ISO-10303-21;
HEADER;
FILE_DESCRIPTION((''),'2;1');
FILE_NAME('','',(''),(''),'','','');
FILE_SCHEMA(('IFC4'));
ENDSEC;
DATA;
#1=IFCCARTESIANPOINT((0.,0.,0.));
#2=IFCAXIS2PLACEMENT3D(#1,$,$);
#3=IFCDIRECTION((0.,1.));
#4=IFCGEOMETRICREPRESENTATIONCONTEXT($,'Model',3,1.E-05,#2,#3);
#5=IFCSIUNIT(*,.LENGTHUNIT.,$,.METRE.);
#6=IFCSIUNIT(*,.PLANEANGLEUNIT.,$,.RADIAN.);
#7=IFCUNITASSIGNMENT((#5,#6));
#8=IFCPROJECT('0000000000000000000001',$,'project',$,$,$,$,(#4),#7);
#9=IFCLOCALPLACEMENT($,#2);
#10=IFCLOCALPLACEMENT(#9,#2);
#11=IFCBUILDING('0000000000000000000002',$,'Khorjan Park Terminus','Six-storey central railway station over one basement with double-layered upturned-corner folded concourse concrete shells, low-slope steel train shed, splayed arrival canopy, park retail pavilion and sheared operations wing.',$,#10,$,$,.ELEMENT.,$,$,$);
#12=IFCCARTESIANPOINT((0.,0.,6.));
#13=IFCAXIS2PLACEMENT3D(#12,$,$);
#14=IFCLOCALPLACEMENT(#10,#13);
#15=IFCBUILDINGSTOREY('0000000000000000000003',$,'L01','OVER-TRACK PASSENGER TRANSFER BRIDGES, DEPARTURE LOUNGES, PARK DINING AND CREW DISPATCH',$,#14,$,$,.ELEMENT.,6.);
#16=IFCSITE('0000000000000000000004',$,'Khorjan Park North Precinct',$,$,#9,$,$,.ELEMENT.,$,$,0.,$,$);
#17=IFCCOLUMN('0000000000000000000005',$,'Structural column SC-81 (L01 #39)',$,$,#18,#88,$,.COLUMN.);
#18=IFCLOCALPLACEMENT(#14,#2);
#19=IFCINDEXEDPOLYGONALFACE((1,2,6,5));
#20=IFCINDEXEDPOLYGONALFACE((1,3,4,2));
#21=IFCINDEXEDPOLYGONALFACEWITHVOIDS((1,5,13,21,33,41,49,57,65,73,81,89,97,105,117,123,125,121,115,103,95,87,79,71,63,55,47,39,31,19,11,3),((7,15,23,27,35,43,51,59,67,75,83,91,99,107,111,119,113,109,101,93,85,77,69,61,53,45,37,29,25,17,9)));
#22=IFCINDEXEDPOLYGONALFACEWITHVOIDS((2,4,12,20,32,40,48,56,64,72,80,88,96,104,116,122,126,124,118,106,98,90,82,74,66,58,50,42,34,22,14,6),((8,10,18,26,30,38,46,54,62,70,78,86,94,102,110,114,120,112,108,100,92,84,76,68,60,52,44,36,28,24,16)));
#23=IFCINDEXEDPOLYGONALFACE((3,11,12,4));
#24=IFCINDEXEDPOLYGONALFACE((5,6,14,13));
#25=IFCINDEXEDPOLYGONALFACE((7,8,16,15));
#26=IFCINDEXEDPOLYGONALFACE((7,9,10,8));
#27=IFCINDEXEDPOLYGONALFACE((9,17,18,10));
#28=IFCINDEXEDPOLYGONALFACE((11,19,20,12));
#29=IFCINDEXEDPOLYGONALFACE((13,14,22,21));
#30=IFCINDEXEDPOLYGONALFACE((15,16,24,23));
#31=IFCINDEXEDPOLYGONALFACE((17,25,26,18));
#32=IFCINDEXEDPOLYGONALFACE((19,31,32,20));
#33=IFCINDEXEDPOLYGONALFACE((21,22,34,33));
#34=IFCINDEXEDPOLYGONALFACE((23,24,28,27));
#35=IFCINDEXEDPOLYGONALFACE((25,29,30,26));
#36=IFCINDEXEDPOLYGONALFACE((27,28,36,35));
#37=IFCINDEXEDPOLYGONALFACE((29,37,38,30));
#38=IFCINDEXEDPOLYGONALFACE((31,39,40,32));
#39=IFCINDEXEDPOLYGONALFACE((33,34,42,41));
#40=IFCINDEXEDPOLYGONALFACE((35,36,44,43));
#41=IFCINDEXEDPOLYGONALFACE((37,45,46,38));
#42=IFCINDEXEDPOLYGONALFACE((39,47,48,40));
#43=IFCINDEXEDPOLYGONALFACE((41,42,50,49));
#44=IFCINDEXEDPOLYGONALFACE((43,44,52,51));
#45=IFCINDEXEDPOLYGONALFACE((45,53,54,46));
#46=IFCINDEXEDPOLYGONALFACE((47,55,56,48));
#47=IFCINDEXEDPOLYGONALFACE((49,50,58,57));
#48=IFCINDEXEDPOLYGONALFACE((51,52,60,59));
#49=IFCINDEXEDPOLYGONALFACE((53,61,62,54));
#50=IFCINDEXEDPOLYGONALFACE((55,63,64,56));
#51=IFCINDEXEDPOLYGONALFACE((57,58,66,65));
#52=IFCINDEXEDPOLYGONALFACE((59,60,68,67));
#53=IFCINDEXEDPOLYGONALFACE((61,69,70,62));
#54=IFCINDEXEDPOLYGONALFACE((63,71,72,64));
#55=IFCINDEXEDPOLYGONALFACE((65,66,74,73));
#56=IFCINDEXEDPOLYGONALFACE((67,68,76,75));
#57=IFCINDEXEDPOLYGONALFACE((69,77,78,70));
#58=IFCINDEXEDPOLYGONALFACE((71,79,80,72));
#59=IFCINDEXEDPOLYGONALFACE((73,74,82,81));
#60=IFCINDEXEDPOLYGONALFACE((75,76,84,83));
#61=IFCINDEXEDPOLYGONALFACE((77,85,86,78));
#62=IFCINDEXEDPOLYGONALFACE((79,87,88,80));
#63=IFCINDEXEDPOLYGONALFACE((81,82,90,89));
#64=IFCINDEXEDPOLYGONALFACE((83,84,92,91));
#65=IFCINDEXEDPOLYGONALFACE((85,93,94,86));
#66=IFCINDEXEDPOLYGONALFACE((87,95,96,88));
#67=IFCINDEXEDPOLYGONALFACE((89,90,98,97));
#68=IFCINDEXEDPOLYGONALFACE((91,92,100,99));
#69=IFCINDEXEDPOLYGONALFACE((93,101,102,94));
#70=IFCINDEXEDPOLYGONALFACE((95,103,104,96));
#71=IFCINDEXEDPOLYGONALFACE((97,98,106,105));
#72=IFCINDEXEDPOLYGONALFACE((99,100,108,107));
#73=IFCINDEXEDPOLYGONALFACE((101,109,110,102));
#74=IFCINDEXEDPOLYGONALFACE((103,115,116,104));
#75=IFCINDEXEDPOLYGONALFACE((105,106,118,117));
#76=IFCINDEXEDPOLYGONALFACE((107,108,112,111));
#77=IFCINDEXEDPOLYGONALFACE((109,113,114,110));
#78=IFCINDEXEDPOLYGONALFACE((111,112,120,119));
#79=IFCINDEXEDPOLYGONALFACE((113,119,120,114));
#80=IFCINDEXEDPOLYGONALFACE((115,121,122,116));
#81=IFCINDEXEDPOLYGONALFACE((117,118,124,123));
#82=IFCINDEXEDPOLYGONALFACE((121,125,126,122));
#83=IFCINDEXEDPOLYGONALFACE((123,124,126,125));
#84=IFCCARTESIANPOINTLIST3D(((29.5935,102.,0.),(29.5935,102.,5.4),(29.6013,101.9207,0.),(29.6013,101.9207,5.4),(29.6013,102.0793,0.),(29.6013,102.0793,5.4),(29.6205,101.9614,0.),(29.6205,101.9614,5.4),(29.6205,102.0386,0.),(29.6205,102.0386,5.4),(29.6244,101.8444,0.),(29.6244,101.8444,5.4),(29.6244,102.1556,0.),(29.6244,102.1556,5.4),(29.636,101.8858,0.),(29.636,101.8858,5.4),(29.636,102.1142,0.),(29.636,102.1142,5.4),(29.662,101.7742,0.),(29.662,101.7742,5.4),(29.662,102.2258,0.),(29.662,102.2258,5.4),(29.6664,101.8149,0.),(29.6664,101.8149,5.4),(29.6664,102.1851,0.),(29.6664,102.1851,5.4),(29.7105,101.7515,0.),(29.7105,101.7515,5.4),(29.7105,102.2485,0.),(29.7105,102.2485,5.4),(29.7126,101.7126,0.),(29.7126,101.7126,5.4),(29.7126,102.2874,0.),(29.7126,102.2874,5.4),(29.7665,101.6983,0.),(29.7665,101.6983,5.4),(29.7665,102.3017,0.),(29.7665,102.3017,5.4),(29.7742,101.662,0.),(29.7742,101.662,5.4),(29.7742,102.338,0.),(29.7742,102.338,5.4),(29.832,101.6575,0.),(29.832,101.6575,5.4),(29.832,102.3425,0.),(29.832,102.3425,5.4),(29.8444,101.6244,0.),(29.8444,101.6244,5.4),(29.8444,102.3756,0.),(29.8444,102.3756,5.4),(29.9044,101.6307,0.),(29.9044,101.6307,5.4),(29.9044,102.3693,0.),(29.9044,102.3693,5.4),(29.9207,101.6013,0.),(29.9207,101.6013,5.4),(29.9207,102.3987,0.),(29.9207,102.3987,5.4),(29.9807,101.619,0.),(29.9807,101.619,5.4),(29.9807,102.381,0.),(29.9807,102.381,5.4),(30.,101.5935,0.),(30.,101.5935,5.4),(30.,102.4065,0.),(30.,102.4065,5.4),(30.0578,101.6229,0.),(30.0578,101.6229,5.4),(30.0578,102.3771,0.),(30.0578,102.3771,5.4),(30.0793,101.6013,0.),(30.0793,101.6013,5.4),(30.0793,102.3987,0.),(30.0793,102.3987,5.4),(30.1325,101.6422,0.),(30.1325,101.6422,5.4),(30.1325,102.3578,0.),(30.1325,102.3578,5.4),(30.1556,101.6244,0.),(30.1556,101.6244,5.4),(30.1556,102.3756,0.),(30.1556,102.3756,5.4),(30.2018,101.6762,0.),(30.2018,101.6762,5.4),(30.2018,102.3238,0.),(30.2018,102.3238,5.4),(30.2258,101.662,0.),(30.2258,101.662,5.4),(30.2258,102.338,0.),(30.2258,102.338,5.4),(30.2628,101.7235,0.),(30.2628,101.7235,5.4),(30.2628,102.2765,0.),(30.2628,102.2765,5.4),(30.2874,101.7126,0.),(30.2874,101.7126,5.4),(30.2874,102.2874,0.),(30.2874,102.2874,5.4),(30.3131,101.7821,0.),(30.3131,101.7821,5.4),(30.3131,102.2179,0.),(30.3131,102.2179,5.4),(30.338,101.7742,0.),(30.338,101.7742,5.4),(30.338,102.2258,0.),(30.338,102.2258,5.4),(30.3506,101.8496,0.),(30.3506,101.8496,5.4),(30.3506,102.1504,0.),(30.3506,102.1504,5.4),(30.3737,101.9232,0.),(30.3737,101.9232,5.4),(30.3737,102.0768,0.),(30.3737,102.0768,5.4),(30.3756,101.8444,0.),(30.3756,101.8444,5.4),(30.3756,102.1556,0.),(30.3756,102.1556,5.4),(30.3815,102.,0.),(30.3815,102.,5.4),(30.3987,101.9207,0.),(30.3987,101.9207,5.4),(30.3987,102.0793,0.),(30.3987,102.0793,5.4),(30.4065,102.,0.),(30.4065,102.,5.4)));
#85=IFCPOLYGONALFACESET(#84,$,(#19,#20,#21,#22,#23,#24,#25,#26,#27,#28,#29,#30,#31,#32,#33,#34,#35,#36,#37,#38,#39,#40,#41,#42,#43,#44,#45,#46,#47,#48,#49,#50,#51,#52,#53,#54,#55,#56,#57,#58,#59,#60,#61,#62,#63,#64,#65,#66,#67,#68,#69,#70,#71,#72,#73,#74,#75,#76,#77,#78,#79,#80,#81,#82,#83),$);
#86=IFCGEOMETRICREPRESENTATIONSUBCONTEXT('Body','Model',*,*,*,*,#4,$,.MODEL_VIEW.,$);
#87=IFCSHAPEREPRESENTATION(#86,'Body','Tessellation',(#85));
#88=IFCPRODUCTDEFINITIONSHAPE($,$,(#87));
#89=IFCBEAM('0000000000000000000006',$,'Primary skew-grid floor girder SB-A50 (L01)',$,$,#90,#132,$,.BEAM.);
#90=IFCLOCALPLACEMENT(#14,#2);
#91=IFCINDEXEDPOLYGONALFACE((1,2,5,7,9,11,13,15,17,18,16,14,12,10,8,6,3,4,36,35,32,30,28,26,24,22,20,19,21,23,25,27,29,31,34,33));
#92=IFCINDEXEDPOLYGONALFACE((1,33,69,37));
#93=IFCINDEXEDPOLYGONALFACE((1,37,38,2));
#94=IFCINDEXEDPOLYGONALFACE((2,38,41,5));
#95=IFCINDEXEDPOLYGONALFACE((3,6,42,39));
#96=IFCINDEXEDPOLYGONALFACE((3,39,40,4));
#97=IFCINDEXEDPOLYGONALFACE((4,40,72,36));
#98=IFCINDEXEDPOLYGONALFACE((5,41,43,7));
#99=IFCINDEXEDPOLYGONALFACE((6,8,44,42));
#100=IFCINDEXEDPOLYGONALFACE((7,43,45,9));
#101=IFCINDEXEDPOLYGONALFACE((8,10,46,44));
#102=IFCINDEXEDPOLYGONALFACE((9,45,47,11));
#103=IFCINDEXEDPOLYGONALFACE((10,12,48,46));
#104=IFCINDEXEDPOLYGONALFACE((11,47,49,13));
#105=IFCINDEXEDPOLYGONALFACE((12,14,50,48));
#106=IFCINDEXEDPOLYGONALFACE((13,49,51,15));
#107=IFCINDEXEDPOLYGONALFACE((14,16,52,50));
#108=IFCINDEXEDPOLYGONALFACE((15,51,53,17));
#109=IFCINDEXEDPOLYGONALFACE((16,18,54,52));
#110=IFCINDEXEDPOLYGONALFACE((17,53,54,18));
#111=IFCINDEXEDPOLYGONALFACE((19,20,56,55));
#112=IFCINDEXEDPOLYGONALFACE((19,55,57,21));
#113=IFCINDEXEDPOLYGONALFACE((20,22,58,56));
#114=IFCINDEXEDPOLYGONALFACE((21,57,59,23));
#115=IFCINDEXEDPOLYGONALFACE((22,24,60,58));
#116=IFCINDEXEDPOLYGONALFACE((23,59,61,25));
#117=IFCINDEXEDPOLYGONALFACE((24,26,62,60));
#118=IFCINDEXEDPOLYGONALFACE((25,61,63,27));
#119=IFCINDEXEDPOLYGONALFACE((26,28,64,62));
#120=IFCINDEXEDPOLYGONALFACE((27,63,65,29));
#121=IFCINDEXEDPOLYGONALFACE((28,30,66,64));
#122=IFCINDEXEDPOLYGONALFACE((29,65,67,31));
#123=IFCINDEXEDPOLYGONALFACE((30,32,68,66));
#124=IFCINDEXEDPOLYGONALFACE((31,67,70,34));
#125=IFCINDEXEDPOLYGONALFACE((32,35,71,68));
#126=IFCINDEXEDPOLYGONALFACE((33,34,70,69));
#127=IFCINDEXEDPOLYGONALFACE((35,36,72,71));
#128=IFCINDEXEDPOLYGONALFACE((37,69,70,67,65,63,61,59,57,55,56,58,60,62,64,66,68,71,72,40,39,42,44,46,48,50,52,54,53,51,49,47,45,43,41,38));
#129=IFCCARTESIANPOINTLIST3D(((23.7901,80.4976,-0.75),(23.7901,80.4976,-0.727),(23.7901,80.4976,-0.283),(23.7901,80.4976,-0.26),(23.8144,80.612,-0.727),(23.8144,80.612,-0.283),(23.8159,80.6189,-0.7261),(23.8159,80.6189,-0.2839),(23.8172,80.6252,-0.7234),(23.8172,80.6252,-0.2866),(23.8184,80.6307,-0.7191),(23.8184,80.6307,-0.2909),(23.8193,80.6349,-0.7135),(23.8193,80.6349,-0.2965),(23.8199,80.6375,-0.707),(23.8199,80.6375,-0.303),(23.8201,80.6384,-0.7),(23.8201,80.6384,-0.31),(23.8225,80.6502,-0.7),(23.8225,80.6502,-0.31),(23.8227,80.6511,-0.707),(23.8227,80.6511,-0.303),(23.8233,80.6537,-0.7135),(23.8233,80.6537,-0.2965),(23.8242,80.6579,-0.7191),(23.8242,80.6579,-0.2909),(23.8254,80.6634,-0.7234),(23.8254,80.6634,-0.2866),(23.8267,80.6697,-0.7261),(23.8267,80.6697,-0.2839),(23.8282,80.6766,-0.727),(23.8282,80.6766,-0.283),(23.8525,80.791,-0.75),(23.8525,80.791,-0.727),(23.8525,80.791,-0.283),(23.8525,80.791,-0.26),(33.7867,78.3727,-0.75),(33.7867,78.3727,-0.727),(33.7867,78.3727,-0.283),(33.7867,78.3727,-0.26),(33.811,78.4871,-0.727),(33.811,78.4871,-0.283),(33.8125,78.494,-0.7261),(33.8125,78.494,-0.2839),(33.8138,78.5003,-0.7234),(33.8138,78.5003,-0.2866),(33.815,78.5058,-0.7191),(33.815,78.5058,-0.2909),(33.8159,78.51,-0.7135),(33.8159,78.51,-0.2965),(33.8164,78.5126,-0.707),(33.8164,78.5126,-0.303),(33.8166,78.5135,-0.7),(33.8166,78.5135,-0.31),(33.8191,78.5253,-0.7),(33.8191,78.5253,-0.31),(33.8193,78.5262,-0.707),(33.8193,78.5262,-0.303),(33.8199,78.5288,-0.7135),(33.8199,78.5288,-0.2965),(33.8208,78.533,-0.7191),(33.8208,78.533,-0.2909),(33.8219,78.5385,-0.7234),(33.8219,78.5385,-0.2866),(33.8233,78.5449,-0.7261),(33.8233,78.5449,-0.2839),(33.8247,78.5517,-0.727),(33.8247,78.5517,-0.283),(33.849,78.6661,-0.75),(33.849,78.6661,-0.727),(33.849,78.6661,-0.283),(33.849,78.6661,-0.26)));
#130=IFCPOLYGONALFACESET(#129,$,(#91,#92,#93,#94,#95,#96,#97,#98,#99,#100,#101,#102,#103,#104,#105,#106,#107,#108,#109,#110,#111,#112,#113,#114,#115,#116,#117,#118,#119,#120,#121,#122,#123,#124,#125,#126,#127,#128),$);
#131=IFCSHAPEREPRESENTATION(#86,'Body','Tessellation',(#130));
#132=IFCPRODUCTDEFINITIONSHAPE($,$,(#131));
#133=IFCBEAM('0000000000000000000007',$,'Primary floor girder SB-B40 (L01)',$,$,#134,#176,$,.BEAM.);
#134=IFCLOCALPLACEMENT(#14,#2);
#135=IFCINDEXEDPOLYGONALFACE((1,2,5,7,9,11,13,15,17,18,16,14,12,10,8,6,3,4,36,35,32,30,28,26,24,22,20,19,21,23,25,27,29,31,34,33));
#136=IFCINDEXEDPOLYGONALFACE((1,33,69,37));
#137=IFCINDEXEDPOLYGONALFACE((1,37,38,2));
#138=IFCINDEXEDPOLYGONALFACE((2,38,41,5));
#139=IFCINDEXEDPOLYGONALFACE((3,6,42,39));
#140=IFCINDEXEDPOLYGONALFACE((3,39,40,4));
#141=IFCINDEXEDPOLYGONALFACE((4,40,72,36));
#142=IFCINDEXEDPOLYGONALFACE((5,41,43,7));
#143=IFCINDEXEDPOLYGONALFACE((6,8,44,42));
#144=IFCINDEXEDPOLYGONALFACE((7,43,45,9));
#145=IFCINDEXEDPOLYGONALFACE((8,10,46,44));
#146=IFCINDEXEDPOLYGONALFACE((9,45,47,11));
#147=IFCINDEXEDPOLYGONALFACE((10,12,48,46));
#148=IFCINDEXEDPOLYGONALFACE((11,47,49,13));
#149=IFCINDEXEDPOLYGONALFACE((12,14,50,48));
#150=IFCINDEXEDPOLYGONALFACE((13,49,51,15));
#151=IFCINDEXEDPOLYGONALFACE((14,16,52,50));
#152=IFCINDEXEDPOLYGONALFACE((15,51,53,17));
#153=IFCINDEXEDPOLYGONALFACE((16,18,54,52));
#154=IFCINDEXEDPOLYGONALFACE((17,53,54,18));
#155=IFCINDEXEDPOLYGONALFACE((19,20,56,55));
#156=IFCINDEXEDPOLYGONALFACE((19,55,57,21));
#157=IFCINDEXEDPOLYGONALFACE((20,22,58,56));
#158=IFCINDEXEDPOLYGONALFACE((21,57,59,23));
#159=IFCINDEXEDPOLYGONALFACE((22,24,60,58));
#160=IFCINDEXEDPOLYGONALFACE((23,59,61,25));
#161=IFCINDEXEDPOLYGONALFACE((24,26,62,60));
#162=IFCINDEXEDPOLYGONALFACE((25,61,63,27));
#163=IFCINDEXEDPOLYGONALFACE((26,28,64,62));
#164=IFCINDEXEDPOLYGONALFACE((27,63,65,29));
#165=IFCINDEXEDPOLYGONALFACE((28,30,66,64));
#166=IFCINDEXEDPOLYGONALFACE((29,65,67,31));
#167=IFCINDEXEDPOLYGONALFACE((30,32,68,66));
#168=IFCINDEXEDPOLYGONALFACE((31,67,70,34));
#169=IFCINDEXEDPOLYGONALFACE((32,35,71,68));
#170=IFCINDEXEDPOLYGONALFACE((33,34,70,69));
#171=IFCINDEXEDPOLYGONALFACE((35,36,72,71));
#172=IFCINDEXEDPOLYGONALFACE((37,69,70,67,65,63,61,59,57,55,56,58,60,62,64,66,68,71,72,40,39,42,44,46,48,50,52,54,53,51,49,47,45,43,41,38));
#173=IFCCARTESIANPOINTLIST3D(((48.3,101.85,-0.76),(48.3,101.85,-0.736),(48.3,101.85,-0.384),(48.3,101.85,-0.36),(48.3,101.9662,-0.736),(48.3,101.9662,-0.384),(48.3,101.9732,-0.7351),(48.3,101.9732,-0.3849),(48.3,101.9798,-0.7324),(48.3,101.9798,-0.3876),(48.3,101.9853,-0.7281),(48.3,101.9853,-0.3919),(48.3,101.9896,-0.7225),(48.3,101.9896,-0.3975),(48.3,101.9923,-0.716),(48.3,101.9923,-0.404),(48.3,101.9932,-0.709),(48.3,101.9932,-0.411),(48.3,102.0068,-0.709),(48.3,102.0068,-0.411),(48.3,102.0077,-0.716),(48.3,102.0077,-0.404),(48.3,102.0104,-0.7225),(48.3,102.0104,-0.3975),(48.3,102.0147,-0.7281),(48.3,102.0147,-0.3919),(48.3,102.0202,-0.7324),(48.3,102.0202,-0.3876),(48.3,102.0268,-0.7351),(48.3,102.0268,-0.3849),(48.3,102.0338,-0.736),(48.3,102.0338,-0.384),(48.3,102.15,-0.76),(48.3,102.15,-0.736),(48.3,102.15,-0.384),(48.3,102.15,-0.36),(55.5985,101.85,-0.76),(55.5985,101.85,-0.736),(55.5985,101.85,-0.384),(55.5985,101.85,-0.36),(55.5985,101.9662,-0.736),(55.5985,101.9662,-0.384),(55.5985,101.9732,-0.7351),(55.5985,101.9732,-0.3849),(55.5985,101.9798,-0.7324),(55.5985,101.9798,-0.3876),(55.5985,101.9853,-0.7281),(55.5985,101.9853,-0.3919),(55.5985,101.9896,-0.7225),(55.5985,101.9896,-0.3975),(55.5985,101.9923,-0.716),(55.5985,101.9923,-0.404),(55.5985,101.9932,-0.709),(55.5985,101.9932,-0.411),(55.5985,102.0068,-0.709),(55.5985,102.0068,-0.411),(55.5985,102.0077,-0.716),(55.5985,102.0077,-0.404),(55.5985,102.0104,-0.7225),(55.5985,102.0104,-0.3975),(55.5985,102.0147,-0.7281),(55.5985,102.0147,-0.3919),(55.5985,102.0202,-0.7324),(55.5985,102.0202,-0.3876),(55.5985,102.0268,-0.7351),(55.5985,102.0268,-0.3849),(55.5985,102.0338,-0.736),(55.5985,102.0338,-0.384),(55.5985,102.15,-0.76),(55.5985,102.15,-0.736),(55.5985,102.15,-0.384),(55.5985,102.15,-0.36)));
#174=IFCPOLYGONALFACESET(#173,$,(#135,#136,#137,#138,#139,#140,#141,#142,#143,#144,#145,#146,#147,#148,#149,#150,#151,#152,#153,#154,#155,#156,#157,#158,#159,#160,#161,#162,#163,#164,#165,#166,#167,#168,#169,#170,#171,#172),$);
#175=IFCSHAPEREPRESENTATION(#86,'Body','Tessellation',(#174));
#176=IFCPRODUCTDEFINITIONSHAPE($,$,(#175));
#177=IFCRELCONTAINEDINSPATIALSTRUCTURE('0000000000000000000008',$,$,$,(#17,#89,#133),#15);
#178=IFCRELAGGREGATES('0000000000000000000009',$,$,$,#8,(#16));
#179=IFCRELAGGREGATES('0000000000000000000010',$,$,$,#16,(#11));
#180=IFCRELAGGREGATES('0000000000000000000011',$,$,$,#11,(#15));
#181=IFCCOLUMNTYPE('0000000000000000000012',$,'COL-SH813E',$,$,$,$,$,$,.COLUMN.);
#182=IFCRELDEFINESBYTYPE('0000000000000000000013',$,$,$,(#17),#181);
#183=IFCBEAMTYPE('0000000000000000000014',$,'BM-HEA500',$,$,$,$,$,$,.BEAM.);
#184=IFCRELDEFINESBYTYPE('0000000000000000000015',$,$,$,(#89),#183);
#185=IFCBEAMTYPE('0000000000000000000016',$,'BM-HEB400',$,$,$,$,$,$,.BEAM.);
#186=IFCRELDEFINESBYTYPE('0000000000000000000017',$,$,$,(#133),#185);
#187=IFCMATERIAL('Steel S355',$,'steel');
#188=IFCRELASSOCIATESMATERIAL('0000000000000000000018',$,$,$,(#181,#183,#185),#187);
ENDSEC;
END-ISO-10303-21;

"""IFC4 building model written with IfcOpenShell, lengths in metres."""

from ifc_helpers import new_model, si_unit, direction, frame, origin, origin_2d, place, context, subcontext, project, spatial, hollow_circle, i_section, extrude, material, material_profile, profile_set, type_object, element, save


model = new_model("IFC4")

# Units and contexts
model_context = context("Model", 3, precision=1e-05, world=origin(), true_north=direction((0.0, 1.0)))
body_context = subcontext(model_context, "Body", "Model", "MODEL_VIEW")
ifc_project = project(units=[si_unit("LENGTHUNIT", "METRE"), si_unit("PLANEANGLEUNIT", "RADIAN")], contexts=[model_context])

# Site, building, storey
site_placement = place(None, origin())
site = spatial("IfcSite", under=ifc_project, at=site_placement, Name="Khorjan Park North Precinct", CompositionType="ELEMENT", RefElevation=0.0)
building_placement = place(site_placement, origin())
building = spatial("IfcBuilding", under=site, at=building_placement, Name="Khorjan Park Terminus", Description="Six-storey central railway station over one basement with double-layered upturned-corner folded concourse concrete shells, low-slope steel train shed, splayed arrival canopy, park retail pavilion and sheared operations wing.", CompositionType="ELEMENT")
storey_placement = place(building_placement, frame((0.0, 0.0, 6.0)))
storey = spatial("IfcBuildingStorey", under=building, at=storey_placement, Name="L01", Description="OVER-TRACK PASSENGER TRANSFER BRIDGES, DEPARTURE LOUNGES, PARK DINING AND CREW DISPATCH", CompositionType="ELEMENT", Elevation=6.0)

# Column
ifc_material_1 = material(Name="Steel S355", Category="steel")
ifc_material_profile_1 = material_profile(ifc_material_1, hollow_circle(Radius=0.4065, WallThickness=0.025, at=origin_2d()), Name="CHS 813x25")
ifc_profile_set_1 = profile_set([ifc_material_profile_1], Name="Steel S355")
column_type_1 = type_object("IfcColumnType", Name="COL-SH813E", PredefinedType="COLUMN", material=ifc_profile_set_1)
column_1_placement = place(storey_placement, frame((30.0, 102.0, 0.0), z_axis=(0.0, 0.0, 1.0), x_axis=(1.0, 0.0, 0.0)))
element("IfcColumn", 1, at=column_1_placement, inside=storey, type_object=column_type_1, Name="Structural column SC-81 (L01 #39)", PredefinedType="COLUMN", context=body_context, shape_type="SweptSolid", body=[
    extrude(hollow_circle(Radius=0.4065, WallThickness=0.025, at=origin_2d()), origin(), (0.0, 0.0, 1.0), 5.4),
])

# Beams
ifc_material_profile_2 = material_profile(ifc_material_1, i_section(OverallWidth=0.3, OverallDepth=0.49, WebThickness=0.012, FlangeThickness=0.023, FilletRadius=0.027, at=origin_2d()), Name="HEA 500")
ifc_profile_set_2 = profile_set([ifc_material_profile_2], Name="Steel S355")
beam_type_1 = type_object("IfcBeamType", Name="BM-HEA500", PredefinedType="BEAM", material=ifc_profile_set_2)
beam_1_placement = place(storey_placement, frame((23.8213, 80.6443, -0.505), z_axis=(0.978146, -0.207917, 0.0), x_axis=(0.207917, 0.978146, 0.0)))
element("IfcBeam", 2, at=beam_1_placement, inside=storey, type_object=beam_type_1, Name="Primary skew-grid floor girder SB-A50 (L01)", PredefinedType="BEAM", context=body_context, shape_type="SweptSolid", body=[
    extrude(i_section(OverallWidth=0.3, OverallDepth=0.49, WebThickness=0.012, FlangeThickness=0.023, FilletRadius=0.027, at=origin_2d()), origin(), (0.0, 0.0, 1.0), 10.2199),
])
ifc_material_profile_3 = material_profile(ifc_material_1, i_section(OverallWidth=0.3, OverallDepth=0.4, WebThickness=0.0135, FlangeThickness=0.024, FilletRadius=0.027, at=origin_2d()), Name="HEB 400")
ifc_profile_set_3 = profile_set([ifc_material_profile_3], Name="Steel S355")
beam_type_2 = type_object("IfcBeamType", Name="BM-HEB400", PredefinedType="BEAM", material=ifc_profile_set_3)
beam_2_placement = place(storey_placement, frame((48.3, 102.0, -0.56), z_axis=(1.0, 0.0, 0.0), x_axis=(0.0, 1.0, 0.0)))
element("IfcBeam", 3, at=beam_2_placement, inside=storey, type_object=beam_type_2, Name="Primary floor girder SB-B40 (L01)", PredefinedType="BEAM", context=body_context, shape_type="SweptSolid", body=[
    extrude(i_section(OverallWidth=0.3, OverallDepth=0.4, WebThickness=0.0135, FlangeThickness=0.024, FilletRadius=0.027, at=origin_2d()), origin(), (0.0, 0.0, 1.0), 7.2985),
])

save(model, "model.ifc")
